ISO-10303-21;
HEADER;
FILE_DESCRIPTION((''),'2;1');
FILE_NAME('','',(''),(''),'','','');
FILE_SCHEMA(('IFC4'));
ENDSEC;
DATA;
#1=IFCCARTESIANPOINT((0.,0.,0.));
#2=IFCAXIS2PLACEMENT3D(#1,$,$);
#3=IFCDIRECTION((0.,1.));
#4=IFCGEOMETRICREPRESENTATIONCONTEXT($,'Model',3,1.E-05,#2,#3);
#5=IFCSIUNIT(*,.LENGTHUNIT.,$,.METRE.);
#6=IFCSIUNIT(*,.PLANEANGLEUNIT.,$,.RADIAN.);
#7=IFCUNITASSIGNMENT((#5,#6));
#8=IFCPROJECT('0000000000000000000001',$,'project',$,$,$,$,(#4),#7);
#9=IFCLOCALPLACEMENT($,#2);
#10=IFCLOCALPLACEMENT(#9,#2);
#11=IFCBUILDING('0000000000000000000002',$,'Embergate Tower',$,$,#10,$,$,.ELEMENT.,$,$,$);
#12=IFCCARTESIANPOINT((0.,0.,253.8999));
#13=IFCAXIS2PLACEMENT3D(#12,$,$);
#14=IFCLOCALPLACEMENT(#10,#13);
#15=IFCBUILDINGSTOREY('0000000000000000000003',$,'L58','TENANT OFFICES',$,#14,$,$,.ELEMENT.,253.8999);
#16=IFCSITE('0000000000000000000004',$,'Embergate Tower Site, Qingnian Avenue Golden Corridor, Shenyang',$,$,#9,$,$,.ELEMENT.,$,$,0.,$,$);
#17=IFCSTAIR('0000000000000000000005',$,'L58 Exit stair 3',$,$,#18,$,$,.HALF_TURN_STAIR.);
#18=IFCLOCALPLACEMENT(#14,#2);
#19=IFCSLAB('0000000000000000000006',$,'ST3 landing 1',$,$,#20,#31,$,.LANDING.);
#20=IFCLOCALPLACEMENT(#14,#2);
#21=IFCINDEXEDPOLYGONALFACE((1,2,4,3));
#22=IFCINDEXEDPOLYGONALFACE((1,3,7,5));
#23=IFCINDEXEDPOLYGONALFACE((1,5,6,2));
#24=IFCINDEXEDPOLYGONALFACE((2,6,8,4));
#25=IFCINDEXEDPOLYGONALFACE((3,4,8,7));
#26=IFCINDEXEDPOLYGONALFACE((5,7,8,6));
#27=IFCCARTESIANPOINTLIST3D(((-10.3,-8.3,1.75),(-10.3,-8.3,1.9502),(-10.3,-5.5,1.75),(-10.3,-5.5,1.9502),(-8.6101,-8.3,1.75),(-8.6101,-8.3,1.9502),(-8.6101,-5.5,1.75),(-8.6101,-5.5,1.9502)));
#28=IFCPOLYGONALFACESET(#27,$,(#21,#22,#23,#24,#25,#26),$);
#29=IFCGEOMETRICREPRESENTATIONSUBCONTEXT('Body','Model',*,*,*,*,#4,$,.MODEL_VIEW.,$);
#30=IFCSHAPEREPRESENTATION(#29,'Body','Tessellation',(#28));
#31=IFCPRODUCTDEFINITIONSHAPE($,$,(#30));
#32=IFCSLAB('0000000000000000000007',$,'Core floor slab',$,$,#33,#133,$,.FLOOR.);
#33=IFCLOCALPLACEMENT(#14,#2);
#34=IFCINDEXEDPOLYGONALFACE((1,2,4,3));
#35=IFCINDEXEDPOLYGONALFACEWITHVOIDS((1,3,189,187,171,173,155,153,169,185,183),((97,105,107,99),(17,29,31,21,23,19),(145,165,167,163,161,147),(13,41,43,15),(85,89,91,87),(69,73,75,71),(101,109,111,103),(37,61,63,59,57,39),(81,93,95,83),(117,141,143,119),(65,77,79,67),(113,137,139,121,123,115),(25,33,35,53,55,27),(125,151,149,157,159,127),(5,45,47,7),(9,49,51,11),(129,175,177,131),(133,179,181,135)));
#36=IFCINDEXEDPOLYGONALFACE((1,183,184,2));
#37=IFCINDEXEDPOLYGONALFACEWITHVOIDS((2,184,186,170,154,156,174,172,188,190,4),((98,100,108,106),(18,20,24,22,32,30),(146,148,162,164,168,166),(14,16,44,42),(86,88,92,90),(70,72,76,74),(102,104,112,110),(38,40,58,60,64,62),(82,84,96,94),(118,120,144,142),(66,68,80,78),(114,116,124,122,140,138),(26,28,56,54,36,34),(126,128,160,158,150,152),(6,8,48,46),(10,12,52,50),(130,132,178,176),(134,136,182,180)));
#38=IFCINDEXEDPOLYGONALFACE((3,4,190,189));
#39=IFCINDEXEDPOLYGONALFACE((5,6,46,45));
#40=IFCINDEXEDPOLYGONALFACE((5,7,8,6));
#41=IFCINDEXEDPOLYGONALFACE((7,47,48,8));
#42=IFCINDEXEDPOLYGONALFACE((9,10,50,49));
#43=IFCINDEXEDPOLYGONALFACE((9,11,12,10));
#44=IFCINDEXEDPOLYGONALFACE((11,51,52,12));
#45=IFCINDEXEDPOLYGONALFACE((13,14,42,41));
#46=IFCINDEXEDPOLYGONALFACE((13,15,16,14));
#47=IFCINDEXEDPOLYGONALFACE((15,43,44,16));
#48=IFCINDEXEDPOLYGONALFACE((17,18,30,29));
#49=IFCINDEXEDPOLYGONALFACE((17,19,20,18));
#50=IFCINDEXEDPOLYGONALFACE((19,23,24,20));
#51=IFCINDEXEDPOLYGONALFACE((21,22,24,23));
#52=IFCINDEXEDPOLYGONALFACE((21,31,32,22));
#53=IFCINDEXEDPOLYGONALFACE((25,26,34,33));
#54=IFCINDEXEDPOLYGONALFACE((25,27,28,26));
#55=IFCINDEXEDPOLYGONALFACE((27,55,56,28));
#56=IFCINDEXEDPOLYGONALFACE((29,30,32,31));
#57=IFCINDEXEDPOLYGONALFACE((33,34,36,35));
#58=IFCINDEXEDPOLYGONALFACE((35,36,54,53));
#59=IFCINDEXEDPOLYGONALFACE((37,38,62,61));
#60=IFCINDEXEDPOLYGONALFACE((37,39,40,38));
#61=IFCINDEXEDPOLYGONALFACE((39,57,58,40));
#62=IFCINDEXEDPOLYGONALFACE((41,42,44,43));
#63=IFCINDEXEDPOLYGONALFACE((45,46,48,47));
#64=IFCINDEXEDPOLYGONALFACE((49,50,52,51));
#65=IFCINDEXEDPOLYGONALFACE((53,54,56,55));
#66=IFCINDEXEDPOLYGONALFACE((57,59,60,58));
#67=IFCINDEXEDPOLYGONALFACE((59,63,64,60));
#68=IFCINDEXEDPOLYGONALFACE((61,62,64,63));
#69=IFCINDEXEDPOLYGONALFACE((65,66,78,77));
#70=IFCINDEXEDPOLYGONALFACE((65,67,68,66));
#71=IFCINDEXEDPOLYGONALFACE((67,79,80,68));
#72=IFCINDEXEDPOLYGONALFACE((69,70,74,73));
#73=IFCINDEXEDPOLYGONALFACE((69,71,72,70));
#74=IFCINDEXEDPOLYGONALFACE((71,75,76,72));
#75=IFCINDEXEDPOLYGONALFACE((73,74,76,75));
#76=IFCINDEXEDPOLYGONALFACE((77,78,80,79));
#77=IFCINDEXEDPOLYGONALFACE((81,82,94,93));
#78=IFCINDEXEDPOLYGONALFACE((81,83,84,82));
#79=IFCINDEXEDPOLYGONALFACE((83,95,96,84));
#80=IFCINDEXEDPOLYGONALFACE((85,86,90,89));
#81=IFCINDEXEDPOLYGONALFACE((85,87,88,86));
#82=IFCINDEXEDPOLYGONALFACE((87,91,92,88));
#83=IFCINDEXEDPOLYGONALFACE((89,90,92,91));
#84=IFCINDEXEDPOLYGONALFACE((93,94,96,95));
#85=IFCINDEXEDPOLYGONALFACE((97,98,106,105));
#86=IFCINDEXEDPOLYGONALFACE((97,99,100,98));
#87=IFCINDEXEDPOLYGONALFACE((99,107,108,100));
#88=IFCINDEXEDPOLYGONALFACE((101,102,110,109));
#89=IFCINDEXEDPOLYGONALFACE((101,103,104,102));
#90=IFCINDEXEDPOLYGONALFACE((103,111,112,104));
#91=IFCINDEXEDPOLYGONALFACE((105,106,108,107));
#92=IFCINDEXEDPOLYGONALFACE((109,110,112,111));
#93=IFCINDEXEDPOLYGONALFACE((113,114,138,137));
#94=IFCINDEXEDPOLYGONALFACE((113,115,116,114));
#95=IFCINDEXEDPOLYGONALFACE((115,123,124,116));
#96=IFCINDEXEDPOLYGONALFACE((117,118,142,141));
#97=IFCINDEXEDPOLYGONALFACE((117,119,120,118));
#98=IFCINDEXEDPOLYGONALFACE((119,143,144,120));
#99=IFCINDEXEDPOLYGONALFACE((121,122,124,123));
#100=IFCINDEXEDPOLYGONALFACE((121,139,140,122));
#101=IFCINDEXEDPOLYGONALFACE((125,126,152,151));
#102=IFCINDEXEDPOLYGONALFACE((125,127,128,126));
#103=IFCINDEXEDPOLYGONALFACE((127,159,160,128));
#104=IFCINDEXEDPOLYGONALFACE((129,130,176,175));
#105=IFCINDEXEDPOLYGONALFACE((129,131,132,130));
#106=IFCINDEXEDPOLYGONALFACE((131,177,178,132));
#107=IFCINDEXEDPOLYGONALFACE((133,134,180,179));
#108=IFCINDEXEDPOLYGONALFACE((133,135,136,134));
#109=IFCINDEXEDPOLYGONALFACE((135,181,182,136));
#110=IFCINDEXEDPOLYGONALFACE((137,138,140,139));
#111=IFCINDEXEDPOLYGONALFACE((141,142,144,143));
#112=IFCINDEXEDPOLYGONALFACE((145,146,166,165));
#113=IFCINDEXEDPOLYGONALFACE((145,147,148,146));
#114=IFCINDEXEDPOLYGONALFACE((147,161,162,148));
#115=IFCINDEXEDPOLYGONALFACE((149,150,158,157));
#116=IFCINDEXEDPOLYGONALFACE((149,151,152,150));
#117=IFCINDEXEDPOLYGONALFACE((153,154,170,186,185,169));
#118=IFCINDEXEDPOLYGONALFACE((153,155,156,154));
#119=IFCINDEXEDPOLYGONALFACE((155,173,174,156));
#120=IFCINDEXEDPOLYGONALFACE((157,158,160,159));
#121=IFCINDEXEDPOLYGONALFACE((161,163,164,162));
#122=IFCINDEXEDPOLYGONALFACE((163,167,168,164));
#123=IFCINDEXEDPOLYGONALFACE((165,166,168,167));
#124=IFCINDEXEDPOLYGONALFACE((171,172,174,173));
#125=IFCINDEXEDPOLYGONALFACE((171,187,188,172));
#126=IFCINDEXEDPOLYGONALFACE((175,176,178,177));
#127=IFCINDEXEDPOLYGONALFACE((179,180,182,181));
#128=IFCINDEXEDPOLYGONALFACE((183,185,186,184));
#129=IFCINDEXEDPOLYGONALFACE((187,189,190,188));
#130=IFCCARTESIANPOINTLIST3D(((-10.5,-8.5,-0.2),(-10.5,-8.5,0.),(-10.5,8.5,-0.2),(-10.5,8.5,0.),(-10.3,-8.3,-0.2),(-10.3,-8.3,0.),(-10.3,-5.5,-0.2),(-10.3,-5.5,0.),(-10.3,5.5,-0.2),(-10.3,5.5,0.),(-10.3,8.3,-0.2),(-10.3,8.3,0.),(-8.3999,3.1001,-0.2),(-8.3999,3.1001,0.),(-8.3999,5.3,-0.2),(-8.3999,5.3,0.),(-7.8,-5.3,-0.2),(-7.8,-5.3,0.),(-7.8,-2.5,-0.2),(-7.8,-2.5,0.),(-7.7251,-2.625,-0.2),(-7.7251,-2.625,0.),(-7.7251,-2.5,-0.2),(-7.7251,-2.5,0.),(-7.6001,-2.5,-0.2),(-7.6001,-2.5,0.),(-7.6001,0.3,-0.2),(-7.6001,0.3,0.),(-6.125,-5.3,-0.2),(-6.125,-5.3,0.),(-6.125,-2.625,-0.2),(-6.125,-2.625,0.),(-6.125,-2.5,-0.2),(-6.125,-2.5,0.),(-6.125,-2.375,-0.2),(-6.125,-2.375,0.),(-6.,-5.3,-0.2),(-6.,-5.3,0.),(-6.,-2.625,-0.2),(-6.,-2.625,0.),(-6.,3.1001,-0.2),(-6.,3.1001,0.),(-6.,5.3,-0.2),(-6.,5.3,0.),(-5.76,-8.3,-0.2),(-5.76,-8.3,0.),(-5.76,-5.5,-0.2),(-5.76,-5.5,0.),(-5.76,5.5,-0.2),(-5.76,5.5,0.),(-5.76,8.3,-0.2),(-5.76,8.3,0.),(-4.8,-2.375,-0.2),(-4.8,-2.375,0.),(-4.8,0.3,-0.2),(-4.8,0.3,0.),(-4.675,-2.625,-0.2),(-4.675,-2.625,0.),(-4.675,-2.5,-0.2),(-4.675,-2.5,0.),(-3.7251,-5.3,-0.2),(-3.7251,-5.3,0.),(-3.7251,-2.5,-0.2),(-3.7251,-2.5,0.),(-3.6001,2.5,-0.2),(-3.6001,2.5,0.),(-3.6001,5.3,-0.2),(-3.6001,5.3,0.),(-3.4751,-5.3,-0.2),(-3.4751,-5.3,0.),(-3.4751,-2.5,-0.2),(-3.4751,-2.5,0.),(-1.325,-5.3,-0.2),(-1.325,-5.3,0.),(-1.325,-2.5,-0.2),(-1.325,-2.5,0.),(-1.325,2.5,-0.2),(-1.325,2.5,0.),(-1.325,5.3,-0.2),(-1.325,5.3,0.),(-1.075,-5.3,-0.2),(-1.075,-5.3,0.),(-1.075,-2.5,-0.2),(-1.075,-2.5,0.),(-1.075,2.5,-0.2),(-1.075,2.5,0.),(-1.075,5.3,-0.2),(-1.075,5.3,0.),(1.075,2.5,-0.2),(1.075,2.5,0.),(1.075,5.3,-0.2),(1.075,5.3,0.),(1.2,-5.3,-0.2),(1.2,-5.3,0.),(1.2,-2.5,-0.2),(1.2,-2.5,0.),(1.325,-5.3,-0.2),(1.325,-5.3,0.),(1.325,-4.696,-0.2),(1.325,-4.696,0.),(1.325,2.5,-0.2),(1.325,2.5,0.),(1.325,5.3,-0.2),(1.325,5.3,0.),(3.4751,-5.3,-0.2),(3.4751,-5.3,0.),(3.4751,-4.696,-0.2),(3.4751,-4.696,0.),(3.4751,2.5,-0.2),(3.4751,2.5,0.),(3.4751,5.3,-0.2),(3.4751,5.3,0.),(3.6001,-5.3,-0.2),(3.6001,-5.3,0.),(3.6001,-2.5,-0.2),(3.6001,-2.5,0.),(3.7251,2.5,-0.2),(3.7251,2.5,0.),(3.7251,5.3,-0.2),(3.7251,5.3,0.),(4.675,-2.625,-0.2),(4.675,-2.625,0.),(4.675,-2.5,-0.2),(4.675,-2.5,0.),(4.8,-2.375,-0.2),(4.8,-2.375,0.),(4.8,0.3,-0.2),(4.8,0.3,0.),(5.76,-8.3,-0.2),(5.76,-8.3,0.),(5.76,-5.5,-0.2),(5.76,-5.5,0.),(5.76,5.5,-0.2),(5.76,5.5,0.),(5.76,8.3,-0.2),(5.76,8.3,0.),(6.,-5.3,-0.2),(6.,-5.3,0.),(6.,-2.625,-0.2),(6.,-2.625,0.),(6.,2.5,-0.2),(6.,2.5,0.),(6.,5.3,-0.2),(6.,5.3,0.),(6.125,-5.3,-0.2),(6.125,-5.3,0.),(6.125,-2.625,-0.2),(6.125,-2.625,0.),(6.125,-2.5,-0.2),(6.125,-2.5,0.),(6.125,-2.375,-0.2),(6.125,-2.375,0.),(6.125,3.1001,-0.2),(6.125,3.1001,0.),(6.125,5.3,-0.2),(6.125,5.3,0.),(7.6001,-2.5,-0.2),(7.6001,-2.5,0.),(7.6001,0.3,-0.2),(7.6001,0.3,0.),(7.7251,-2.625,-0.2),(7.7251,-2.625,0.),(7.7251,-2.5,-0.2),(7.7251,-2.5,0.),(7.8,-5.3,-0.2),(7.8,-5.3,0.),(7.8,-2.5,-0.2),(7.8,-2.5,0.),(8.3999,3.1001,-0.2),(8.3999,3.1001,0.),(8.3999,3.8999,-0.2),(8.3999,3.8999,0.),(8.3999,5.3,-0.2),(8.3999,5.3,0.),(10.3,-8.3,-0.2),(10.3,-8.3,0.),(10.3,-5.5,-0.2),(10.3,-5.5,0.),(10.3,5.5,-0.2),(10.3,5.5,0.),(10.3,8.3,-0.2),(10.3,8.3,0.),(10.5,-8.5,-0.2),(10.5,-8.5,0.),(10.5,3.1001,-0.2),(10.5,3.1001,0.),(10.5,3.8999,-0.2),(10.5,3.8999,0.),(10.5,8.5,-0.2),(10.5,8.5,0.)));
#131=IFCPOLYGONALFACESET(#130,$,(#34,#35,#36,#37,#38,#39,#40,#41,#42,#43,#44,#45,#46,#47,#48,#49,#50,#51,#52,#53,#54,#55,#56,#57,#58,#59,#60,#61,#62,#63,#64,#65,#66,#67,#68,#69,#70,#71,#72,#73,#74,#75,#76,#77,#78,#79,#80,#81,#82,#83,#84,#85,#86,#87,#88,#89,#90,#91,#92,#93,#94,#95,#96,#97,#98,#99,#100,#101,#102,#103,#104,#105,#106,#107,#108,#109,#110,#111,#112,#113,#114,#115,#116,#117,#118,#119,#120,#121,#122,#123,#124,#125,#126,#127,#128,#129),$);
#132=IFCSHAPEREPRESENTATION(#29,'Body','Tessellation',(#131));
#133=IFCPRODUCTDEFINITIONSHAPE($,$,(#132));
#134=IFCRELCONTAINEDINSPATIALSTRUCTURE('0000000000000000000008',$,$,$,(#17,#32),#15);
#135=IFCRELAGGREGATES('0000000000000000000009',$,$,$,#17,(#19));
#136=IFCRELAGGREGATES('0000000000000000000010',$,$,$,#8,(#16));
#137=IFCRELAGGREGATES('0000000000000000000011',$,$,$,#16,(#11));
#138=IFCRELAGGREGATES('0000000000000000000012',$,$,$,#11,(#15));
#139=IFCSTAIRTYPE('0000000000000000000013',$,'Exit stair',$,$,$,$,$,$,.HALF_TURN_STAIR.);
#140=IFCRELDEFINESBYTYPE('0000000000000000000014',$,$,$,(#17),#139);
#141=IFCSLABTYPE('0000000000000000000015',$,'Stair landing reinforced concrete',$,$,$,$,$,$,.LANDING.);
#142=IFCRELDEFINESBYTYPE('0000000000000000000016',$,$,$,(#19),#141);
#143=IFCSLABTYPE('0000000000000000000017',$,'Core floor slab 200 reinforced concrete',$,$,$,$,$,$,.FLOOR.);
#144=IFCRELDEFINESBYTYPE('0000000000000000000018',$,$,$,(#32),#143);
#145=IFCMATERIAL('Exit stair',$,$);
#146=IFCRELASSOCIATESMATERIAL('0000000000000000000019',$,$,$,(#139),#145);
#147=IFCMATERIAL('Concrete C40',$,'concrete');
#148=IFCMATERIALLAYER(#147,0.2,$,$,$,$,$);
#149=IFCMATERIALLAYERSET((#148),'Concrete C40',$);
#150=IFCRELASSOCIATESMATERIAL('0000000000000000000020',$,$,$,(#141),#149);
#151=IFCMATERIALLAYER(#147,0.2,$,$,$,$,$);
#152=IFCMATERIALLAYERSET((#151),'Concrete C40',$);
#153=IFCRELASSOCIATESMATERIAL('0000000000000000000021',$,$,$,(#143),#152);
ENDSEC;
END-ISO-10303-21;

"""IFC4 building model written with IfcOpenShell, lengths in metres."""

from ifc_helpers import new_model, si_unit, direction, frame, origin, place, context, subcontext, project, spatial, polyline, outline, extrude, source, transform, mapped, material, layer, layer_set, type_object, element, aggregate, save


model = new_model("IFC4")

# Units and contexts
model_context = context("Model", 3, precision=1e-05, world=origin(), true_north=direction((0.0, 1.0)))
body_context = subcontext(model_context, "Body", "Model", "MODEL_VIEW")
ifc_project = project(units=[si_unit("LENGTHUNIT", "METRE"), si_unit("PLANEANGLEUNIT", "RADIAN")], contexts=[model_context])

# Site, building, storey
site_placement = place(None, origin())
site = spatial("IfcSite", under=ifc_project, at=site_placement, Name="Embergate Tower Site, Qingnian Avenue Golden Corridor, Shenyang", CompositionType="ELEMENT", RefElevation=0.0)
building_placement = place(site_placement, origin())
building = spatial("IfcBuilding", under=site, at=building_placement, Name="Embergate Tower", CompositionType="ELEMENT")
storey_placement = place(building_placement, frame((0.0, 0.0, 253.8999)))
storey = spatial("IfcBuildingStorey", under=building, at=storey_placement, Name="L58", Description="TENANT OFFICES", CompositionType="ELEMENT", Elevation=253.8999)

# Stair, slab
ifc_material_1 = material(Name="Exit stair")
stair_type = type_object("IfcStairType", Name="Exit stair", PredefinedType="HALF_TURN_STAIR", material=ifc_material_1)
stair_placement = place(storey_placement, origin())
stair = element("IfcStair", 1, at=stair_placement, inside=storey, type_object=stair_type, Name="L58 Exit stair 3", PredefinedType="HALF_TURN_STAIR")
ifc_material_2 = material(Name="Concrete C40", Category="concrete")
ifc_layer_1 = layer(ifc_material_2, 0.2)
ifc_layer_set_1 = layer_set([ifc_layer_1], Name="Concrete C40")
slab_type_1 = type_object("IfcSlabType", Name="Stair landing reinforced concrete", PredefinedType="LANDING", material=ifc_layer_set_1)
shared_shape_1 = source(origin(), body_context, "Body", "SweptSolid", [
    extrude(outline(polyline([(0.0, 0.0), (1.6899, 0.0), (1.6899, 2.8), (0.0, 2.8), (0.0, 0.0)])), origin(), (0.0, 0.0, 1.0), 0.2002),
])
slab_1_placement = place(storey_placement, frame((-10.3, -8.3, 1.75)))
slab_1 = element("IfcSlab", 2, at=slab_1_placement, type_object=slab_type_1, Name="ST3 landing 1", PredefinedType="LANDING", context=body_context, shape_type="MappedRepresentation", body=[
    mapped(shared_shape_1, transform((0.0, 0.0, 0.0))),
])

# Slab
ifc_layer_2 = layer(ifc_material_2, 0.2)
ifc_layer_set_2 = layer_set([ifc_layer_2], Name="Concrete C40")
slab_type_2 = type_object("IfcSlabType", Name="Core floor slab 200 reinforced concrete", PredefinedType="FLOOR", material=ifc_layer_set_2)
shared_shape_2 = source(origin(), body_context, "Body", "SweptSolid", [
    extrude(outline(polyline([(0.0, 0.0), (21.0, 0.0), (21.0, 11.6001), (18.8999, 11.6001), (16.625, 11.6001), (16.625, 13.8), (18.8999, 13.8), (18.8999, 12.3999), (21.0, 12.3999), (21.0, 17.0), (0.0, 17.0), (0.0, 0.0)]), holes=[polyline([(0.2, 0.2), (0.2, 3.0), (4.74, 3.0), (4.74, 0.2), (0.2, 0.2)]), polyline([(16.26, 0.2), (16.26, 3.0), (20.8, 3.0), (20.8, 0.2), (16.26, 0.2)]), polyline([(2.7, 3.2), (2.7, 6.0), (2.7749, 6.0), (2.7749, 5.875), (4.375, 5.875), (4.375, 3.2), (2.7, 3.2)]), polyline([(4.5, 3.2), (4.5, 5.875), (5.825, 5.875), (5.825, 6.0), (6.7749, 6.0), (6.7749, 3.2), (4.5, 3.2)]), polyline([(7.0249, 3.2), (7.0249, 6.0), (9.175, 6.0), (9.175, 3.2), (7.0249, 3.2)]), polyline([(9.425, 3.2), (9.425, 6.0), (11.7, 6.0), (11.7, 3.2), (9.425, 3.2)]), polyline([(11.825, 3.2), (11.825, 3.804), (13.9751, 3.804), (13.9751, 3.2), (11.825, 3.2)]), polyline([(14.1001, 3.2), (14.1001, 6.0), (15.175, 6.0), (15.175, 5.875), (16.5, 5.875), (16.5, 3.2), (14.1001, 3.2)]), polyline([(16.625, 3.2), (16.625, 5.875), (18.2251, 5.875), (18.2251, 6.0), (18.3, 6.0), (18.3, 3.2), (16.625, 3.2)]), polyline([(2.8999, 6.0), (2.8999, 8.8), (5.7, 8.8), (5.7, 6.125), (4.375, 6.125), (4.375, 6.0), (2.8999, 6.0)]), polyline([(16.625, 6.0), (16.625, 6.125), (15.3, 6.125), (15.3, 8.8), (18.1001, 8.8), (18.1001, 6.0), (16.625, 6.0)]), polyline([(6.8999, 11.0), (6.8999, 13.8), (9.175, 13.8), (9.175, 11.0), (6.8999, 11.0)]), polyline([(9.425, 11.0), (9.425, 13.8), (11.575, 13.8), (11.575, 11.0), (9.425, 11.0)]), polyline([(11.825, 11.0), (11.825, 13.8), (13.9751, 13.8), (13.9751, 11.0), (11.825, 11.0)]), polyline([(14.2251, 11.0), (14.2251, 13.8), (16.5, 13.8), (16.5, 11.0), (14.2251, 11.0)]), polyline([(2.1001, 11.6001), (2.1001, 13.8), (4.5, 13.8), (4.5, 11.6001), (2.1001, 11.6001)]), polyline([(0.2, 14.0), (0.2, 16.8), (4.74, 16.8), (4.74, 14.0), (0.2, 14.0)]), polyline([(16.26, 14.0), (16.26, 16.8), (20.8, 16.8), (20.8, 14.0), (16.26, 14.0)])]), origin(), (0.0, 0.0, 1.0), 0.2),
])
slab_2_placement = place(storey_placement, frame((-10.5, -8.5, -0.2)))
element("IfcSlab", 3, at=slab_2_placement, inside=storey, type_object=slab_type_2, Name="Core floor slab", PredefinedType="FLOOR", context=body_context, shape_type="MappedRepresentation", body=[
    mapped(shared_shape_2, transform((0.0, 0.0, 0.0))),
])

aggregate(stair, [slab_1])

save(model, "model.ifc")
